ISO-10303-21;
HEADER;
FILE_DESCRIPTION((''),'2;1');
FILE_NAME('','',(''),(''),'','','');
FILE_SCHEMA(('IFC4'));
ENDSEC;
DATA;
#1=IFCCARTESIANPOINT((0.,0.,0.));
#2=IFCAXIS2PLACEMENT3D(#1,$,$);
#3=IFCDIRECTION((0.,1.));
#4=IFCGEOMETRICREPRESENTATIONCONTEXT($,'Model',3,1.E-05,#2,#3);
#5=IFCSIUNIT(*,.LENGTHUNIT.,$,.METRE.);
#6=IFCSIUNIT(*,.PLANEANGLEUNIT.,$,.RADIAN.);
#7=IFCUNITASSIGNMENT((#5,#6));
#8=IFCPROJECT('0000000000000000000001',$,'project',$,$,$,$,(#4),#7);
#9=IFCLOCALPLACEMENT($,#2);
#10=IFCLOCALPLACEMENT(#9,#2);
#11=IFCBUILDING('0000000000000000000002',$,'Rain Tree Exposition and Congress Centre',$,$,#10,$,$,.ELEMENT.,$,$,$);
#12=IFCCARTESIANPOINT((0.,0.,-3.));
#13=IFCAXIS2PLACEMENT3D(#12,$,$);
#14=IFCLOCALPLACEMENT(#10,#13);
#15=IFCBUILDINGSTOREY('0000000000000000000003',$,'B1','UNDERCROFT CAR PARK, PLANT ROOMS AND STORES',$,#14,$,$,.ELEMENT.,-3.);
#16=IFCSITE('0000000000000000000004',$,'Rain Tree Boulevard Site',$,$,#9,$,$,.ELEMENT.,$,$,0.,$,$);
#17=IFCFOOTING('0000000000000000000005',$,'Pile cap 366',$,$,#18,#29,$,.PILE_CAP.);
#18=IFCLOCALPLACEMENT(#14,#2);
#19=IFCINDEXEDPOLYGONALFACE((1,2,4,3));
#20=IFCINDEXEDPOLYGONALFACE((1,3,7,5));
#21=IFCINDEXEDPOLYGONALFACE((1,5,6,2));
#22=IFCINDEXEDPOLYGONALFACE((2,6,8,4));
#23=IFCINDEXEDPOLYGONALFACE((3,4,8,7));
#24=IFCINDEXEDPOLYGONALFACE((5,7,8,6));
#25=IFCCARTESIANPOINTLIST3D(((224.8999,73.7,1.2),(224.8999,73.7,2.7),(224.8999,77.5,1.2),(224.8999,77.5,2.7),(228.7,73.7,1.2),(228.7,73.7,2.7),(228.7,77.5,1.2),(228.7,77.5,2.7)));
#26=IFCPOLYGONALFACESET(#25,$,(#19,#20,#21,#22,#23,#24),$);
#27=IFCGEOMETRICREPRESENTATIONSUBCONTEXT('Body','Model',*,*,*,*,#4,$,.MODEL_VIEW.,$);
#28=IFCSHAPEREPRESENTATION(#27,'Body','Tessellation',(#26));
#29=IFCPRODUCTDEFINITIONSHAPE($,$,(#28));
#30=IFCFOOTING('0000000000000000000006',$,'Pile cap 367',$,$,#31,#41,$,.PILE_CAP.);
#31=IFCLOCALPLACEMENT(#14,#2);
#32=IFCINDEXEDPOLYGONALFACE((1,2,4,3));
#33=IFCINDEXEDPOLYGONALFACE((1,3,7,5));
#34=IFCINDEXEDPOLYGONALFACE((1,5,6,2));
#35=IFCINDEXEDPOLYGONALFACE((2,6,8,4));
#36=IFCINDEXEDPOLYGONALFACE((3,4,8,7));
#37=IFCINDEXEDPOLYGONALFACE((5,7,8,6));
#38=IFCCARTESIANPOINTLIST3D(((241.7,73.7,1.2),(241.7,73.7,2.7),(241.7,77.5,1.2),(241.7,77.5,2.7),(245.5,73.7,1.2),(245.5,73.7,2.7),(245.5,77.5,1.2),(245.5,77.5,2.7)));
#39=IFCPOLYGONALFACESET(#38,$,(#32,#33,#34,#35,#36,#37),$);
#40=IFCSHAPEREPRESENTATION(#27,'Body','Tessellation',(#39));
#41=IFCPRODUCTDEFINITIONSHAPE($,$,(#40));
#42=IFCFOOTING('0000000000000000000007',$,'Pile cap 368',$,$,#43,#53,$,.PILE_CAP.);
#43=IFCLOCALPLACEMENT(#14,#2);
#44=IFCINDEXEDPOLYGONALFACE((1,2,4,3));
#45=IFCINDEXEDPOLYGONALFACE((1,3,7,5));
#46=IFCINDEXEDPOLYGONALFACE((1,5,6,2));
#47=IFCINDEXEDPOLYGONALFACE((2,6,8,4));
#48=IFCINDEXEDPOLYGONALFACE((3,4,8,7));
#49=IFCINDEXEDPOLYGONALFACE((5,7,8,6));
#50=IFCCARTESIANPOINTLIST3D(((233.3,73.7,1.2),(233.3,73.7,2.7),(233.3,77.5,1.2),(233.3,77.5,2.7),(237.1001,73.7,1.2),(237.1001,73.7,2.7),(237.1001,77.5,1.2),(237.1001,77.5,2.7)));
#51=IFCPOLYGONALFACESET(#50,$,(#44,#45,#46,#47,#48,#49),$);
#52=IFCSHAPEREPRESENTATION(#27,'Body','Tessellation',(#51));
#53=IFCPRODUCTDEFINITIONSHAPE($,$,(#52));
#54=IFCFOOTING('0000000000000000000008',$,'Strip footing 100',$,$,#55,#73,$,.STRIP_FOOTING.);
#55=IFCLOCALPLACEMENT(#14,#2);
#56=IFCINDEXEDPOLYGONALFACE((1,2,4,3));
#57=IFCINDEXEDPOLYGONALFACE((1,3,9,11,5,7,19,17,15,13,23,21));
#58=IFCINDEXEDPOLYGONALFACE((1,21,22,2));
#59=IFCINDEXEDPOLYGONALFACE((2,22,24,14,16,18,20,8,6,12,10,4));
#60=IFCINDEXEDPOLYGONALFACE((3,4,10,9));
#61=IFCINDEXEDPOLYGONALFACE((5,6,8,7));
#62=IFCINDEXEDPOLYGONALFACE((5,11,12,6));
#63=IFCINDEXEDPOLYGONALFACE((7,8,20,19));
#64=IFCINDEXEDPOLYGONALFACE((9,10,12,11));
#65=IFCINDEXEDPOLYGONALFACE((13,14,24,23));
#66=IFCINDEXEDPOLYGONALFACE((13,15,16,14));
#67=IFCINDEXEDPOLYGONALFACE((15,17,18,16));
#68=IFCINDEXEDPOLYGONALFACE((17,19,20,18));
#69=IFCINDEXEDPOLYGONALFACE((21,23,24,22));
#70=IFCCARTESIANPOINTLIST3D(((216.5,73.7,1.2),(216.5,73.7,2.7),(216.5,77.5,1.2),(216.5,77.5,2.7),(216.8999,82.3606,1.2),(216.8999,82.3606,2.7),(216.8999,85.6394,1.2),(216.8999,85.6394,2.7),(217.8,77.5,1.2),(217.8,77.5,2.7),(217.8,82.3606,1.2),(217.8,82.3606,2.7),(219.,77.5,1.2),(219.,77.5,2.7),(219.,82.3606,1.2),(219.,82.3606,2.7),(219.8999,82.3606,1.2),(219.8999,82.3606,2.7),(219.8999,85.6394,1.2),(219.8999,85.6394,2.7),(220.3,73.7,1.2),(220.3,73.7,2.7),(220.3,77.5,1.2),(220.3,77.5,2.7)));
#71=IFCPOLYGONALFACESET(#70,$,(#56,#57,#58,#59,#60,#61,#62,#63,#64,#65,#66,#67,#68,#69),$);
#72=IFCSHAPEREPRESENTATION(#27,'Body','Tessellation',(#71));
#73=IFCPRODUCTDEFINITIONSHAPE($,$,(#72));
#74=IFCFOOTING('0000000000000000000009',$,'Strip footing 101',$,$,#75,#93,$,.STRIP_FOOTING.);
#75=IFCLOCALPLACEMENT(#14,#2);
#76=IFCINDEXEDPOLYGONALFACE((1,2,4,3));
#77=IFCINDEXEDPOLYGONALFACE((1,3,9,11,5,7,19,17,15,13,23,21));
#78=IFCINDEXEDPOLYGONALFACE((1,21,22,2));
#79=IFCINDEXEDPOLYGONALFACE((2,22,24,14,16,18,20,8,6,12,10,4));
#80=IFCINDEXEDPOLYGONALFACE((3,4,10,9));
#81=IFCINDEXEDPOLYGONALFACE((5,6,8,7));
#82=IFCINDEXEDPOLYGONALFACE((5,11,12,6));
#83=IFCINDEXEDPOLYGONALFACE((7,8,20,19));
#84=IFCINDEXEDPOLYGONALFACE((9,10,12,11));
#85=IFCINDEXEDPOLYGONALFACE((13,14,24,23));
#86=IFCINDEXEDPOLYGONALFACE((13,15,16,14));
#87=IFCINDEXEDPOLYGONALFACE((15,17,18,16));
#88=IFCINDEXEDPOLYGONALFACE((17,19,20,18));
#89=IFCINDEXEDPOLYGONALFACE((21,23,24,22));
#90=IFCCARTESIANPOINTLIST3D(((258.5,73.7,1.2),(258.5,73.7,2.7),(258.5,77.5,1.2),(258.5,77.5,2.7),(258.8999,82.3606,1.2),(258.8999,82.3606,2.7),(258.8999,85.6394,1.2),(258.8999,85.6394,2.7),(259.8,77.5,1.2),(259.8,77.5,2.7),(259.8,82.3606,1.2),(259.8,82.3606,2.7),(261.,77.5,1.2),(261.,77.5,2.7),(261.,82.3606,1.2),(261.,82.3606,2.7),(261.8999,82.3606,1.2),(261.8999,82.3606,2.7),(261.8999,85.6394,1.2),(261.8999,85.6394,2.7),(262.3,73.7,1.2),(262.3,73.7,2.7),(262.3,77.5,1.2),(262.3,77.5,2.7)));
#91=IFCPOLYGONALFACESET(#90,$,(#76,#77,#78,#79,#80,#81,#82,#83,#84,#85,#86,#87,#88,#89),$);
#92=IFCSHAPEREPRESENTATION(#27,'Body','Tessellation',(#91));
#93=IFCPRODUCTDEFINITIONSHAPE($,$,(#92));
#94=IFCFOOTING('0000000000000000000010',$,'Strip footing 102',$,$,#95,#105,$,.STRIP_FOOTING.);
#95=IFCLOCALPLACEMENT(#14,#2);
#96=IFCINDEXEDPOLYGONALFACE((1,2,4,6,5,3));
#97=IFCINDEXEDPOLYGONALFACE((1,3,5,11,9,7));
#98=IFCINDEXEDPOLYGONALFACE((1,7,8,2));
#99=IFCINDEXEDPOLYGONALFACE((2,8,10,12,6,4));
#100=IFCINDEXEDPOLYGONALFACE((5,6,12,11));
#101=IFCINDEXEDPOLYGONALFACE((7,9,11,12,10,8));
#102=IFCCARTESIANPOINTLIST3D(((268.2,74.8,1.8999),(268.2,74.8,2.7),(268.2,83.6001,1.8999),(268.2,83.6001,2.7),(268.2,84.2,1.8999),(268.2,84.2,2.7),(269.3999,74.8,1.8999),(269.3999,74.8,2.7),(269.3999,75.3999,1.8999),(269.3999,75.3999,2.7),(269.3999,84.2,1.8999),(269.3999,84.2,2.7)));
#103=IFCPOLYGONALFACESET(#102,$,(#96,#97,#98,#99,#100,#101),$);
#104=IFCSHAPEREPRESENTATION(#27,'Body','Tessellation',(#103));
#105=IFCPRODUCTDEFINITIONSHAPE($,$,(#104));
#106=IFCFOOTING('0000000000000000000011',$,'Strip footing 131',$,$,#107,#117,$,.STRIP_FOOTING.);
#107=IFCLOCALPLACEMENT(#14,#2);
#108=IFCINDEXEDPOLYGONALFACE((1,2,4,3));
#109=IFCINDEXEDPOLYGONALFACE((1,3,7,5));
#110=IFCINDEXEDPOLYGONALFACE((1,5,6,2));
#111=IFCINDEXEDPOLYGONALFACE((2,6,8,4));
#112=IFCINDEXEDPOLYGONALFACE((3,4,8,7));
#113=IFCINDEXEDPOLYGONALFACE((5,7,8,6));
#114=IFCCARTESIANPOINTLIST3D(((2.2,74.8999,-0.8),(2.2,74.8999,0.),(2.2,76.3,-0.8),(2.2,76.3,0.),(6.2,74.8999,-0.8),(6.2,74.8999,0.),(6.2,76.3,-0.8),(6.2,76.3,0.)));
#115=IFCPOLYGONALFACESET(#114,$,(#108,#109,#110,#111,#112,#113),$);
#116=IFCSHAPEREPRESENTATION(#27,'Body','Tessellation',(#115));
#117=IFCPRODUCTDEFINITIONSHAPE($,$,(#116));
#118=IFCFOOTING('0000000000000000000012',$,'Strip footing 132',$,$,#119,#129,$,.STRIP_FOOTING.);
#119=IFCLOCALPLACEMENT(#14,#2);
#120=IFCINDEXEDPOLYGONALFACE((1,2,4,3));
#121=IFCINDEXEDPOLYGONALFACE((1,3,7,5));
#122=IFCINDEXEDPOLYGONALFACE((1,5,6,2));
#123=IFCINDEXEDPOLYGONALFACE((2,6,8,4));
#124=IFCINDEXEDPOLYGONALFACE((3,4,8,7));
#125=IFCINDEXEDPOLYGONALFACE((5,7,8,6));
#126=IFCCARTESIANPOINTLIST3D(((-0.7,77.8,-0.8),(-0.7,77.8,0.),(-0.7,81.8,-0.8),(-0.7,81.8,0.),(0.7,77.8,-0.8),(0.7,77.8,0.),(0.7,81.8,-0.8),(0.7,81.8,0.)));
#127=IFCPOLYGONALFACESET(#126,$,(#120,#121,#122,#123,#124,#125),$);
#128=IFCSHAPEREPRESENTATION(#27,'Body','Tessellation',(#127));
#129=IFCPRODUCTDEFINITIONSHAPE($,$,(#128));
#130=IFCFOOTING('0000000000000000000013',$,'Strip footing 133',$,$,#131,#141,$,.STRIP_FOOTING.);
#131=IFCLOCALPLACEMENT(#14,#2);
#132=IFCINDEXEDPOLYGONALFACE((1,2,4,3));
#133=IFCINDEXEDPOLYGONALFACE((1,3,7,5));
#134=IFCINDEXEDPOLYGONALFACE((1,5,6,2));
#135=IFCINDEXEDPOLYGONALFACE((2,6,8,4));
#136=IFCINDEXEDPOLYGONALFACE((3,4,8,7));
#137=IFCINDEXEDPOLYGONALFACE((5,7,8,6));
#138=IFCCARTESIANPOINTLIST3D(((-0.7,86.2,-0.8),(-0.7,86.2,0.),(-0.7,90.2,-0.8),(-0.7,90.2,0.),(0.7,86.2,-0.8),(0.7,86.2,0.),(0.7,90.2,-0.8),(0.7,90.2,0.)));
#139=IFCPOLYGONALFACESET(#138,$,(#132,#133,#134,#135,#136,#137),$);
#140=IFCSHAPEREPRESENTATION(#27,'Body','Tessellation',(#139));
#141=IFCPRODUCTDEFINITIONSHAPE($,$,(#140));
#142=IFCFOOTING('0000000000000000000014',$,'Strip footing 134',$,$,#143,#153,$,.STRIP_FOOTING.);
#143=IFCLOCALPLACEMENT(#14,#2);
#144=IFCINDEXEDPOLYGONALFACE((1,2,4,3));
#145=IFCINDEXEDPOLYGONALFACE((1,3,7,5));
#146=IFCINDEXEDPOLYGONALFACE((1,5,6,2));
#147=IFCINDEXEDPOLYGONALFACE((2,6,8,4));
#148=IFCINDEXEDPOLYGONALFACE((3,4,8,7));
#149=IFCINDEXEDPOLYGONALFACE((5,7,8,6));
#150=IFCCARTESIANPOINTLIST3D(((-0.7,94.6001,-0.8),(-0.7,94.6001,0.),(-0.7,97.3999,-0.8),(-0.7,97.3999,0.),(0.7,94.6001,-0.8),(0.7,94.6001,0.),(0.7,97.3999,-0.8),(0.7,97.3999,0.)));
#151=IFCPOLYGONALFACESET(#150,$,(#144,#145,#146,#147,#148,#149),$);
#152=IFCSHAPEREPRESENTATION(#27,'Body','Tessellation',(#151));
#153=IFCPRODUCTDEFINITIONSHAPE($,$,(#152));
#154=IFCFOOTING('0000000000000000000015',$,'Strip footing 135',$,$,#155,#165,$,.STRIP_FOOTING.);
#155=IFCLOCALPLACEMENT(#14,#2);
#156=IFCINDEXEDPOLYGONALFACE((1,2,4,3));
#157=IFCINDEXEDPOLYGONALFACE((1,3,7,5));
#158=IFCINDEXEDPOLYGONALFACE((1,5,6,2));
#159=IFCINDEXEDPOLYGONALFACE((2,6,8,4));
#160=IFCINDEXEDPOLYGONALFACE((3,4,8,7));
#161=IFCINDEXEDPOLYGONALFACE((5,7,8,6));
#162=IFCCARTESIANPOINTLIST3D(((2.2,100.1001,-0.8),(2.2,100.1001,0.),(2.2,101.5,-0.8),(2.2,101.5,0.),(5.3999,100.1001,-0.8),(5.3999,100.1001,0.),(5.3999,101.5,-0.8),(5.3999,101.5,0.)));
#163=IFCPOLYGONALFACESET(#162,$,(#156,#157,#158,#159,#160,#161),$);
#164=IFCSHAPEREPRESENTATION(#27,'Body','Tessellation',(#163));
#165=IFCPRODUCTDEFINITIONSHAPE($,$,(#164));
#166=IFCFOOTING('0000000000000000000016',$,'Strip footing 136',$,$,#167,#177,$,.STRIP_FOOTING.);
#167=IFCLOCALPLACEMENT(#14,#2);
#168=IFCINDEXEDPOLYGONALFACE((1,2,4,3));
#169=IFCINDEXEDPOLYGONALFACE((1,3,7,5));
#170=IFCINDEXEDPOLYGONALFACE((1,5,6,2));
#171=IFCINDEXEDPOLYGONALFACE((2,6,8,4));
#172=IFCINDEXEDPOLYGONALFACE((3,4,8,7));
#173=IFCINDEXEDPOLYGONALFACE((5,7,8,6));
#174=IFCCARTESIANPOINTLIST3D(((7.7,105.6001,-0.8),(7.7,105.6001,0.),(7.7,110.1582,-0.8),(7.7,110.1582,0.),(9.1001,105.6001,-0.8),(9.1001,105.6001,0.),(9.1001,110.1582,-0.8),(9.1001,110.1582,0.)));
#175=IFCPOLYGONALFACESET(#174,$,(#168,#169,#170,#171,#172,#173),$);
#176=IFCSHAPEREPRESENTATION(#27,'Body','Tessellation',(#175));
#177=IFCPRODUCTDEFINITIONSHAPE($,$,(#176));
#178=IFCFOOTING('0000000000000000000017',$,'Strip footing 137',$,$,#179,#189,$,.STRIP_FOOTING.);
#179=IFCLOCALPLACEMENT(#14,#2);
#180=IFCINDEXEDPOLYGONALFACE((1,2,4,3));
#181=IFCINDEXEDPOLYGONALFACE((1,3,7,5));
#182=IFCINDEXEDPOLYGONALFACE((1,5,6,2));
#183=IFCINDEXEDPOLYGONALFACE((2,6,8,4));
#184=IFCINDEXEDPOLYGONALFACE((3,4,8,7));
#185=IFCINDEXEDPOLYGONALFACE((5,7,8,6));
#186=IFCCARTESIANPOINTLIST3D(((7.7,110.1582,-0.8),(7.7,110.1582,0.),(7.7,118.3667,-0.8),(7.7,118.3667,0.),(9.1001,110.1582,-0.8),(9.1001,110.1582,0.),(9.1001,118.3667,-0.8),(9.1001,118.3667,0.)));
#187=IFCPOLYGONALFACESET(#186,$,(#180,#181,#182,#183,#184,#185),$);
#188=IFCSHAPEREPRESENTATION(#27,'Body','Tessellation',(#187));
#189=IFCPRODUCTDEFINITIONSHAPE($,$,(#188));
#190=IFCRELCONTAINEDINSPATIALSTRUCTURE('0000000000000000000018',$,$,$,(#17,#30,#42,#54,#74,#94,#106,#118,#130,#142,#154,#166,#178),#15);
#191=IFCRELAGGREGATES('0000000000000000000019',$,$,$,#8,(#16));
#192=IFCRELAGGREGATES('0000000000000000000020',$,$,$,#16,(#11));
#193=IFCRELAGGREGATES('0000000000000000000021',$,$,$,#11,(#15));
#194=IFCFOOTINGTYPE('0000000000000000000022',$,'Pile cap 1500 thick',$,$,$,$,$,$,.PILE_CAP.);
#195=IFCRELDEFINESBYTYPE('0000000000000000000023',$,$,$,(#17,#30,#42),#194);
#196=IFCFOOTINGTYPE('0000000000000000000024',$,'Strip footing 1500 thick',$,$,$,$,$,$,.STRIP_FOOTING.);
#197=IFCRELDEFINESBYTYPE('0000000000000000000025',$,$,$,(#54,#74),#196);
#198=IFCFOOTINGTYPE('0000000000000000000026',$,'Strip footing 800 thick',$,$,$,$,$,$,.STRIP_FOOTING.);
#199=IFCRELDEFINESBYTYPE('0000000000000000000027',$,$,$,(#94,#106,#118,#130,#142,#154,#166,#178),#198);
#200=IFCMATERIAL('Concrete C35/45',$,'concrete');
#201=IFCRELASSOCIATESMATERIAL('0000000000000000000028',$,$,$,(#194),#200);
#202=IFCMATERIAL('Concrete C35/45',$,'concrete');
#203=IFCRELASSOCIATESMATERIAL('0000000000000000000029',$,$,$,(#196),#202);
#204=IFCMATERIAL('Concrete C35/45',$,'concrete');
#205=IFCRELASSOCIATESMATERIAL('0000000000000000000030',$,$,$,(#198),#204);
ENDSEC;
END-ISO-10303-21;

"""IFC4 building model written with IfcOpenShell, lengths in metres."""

from ifc_helpers import new_model, si_unit, direction, frame, origin, place, context, subcontext, project, spatial, polyline, outline, extrude, material, type_object, element, save


model = new_model("IFC4")

# Units and contexts
model_context = context("Model", 3, precision=1e-05, world=origin(), true_north=direction((0.0, 1.0)))
body_context = subcontext(model_context, "Body", "Model", "MODEL_VIEW")
ifc_project = project(units=[si_unit("LENGTHUNIT", "METRE"), si_unit("PLANEANGLEUNIT", "RADIAN")], contexts=[model_context])

# Site, building, storey
site_placement = place(None, origin())
site = spatial("IfcSite", under=ifc_project, at=site_placement, Name="Rain Tree Boulevard Site", CompositionType="ELEMENT", RefElevation=0.0)
building_placement = place(site_placement, origin())
building = spatial("IfcBuilding", under=site, at=building_placement, Name="Rain Tree Exposition and Congress Centre", CompositionType="ELEMENT")
storey_placement = place(building_placement, frame((0.0, 0.0, -3.0)))
storey = spatial("IfcBuildingStorey", under=building, at=storey_placement, Name="B1", Description="UNDERCROFT CAR PARK, PLANT ROOMS AND STORES", CompositionType="ELEMENT", Elevation=-3.0)

# Footings
ifc_material_1 = material(Name="Concrete C35/45", Category="concrete")
footing_type_1 = type_object("IfcFootingType", Name="Pile cap 1500 thick", PredefinedType="PILE_CAP", material=ifc_material_1)
footing_1_placement = place(storey_placement, frame((0.0, 0.0, 1.2)))
element("IfcFooting", 1, at=footing_1_placement, inside=storey, type_object=footing_type_1, Name="Pile cap 366", PredefinedType="PILE_CAP", context=body_context, shape_type="SweptSolid", body=[
    extrude(outline(polyline([(228.7, 73.7), (228.7, 77.5), (224.8999, 77.5), (224.8999, 73.7), (228.7, 73.7)])), origin(), (0.0, 0.0, 1.0), 1.5),
])
footing_2_placement = place(storey_placement, frame((0.0, 0.0, 1.2)))
element("IfcFooting", 2, at=footing_2_placement, inside=storey, type_object=footing_type_1, Name="Pile cap 367", PredefinedType="PILE_CAP", context=body_context, shape_type="SweptSolid", body=[
    extrude(outline(polyline([(245.5, 73.7), (245.5, 77.5), (241.7, 77.5), (241.7, 73.7), (245.5, 73.7)])), origin(), (0.0, 0.0, 1.0), 1.5),
])
footing_3_placement = place(storey_placement, frame((0.0, 0.0, 1.2)))
element("IfcFooting", 3, at=footing_3_placement, inside=storey, type_object=footing_type_1, Name="Pile cap 368", PredefinedType="PILE_CAP", context=body_context, shape_type="SweptSolid", body=[
    extrude(outline(polyline([(237.1001, 73.7), (237.1001, 77.5), (233.3, 77.5), (233.3, 73.7), (237.1001, 73.7)])), origin(), (0.0, 0.0, 1.0), 1.5),
])
ifc_material_2 = material(Name="Concrete C35/45", Category="concrete")
footing_type_2 = type_object("IfcFootingType", Name="Strip footing 1500 thick", PredefinedType="STRIP_FOOTING", material=ifc_material_2)
footing_4_placement = place(storey_placement, frame((0.0, 0.0, 1.2)))
element("IfcFooting", 4, at=footing_4_placement, inside=storey, type_object=footing_type_2, Name="Strip footing 100", PredefinedType="STRIP_FOOTING", context=body_context, shape_type="SweptSolid", body=[
    extrude(outline(polyline([(220.3, 77.5), (219.0, 77.5), (219.0, 82.3606), (219.8999, 82.3606), (219.8999, 85.6394), (216.8999, 85.6394), (216.8999, 82.3606), (217.8, 82.3606), (217.8, 77.5), (216.5, 77.5), (216.5, 73.7), (220.3, 73.7), (220.3, 77.5)])), origin(), (0.0, 0.0, 1.0), 1.5),
])
footing_5_placement = place(storey_placement, frame((0.0, 0.0, 1.2)))
element("IfcFooting", 5, at=footing_5_placement, inside=storey, type_object=footing_type_2, Name="Strip footing 101", PredefinedType="STRIP_FOOTING", context=body_context, shape_type="SweptSolid", body=[
    extrude(outline(polyline([(262.3, 77.5), (261.0, 77.5), (261.0, 82.3606), (261.8999, 82.3606), (261.8999, 85.6394), (258.8999, 85.6394), (258.8999, 82.3606), (259.8, 82.3606), (259.8, 77.5), (258.5, 77.5), (258.5, 73.7), (262.3, 73.7), (262.3, 77.5)])), origin(), (0.0, 0.0, 1.0), 1.5),
])
ifc_material_3 = material(Name="Concrete C35/45", Category="concrete")
footing_type_3 = type_object("IfcFootingType", Name="Strip footing 800 thick", PredefinedType="STRIP_FOOTING", material=ifc_material_3)
footing_6_placement = place(storey_placement, frame((0.0, 0.0, 1.8999)))
element("IfcFooting", 6, at=footing_6_placement, inside=storey, type_object=footing_type_3, Name="Strip footing 102", PredefinedType="STRIP_FOOTING", context=body_context, shape_type="SweptSolid", body=[
    extrude(outline(polyline([(268.2, 83.6001), (268.2, 74.8), (269.3999, 74.8), (269.3999, 75.3999), (269.3999, 84.2), (268.2, 84.2), (268.2, 83.6001)])), origin(), (0.0, 0.0, 1.0), 0.8),
])
footing_7_placement = place(storey_placement, frame((0.0, 0.0, -0.8)))
element("IfcFooting", 7, at=footing_7_placement, inside=storey, type_object=footing_type_3, Name="Strip footing 131", PredefinedType="STRIP_FOOTING", context=body_context, shape_type="SweptSolid", body=[
    extrude(outline(polyline([(6.2, 74.8999), (6.2, 76.3), (2.2, 76.3), (2.2, 74.8999), (6.2, 74.8999)])), origin(), (0.0, 0.0, 1.0), 0.8),
])
footing_8_placement = place(storey_placement, frame((0.0, 0.0, -0.8)))
element("IfcFooting", 8, at=footing_8_placement, inside=storey, type_object=footing_type_3, Name="Strip footing 132", PredefinedType="STRIP_FOOTING", context=body_context, shape_type="SweptSolid", body=[
    extrude(outline(polyline([(-0.7, 77.8), (0.7, 77.8), (0.7, 81.8), (-0.7, 81.8), (-0.7, 77.8)])), origin(), (0.0, 0.0, 1.0), 0.8),
])
footing_9_placement = place(storey_placement, frame((0.0, 0.0, -0.8)))
element("IfcFooting", 9, at=footing_9_placement, inside=storey, type_object=footing_type_3, Name="Strip footing 133", PredefinedType="STRIP_FOOTING", context=body_context, shape_type="SweptSolid", body=[
    extrude(outline(polyline([(-0.7, 86.2), (0.7, 86.2), (0.7, 90.2), (-0.7, 90.2), (-0.7, 86.2)])), origin(), (0.0, 0.0, 1.0), 0.8),
])
footing_10_placement = place(storey_placement, frame((0.0, 0.0, -0.8)))
element("IfcFooting", 10, at=footing_10_placement, inside=storey, type_object=footing_type_3, Name="Strip footing 134", PredefinedType="STRIP_FOOTING", context=body_context, shape_type="SweptSolid", body=[
    extrude(outline(polyline([(-0.7, 94.6001), (0.7, 94.6001), (0.7, 97.3999), (-0.7, 97.3999), (-0.7, 94.6001)])), origin(), (0.0, 0.0, 1.0), 0.8),
])
footing_11_placement = place(storey_placement, frame((0.0, 0.0, -0.8)))
element("IfcFooting", 11, at=footing_11_placement, inside=storey, type_object=footing_type_3, Name="Strip footing 135", PredefinedType="STRIP_FOOTING", context=body_context, shape_type="SweptSolid", body=[
    extrude(outline(polyline([(2.2, 101.5), (2.2, 100.1001), (5.3999, 100.1001), (5.3999, 101.5), (2.2, 101.5)])), origin(), (0.0, 0.0, 1.0), 0.8),
])
footing_12_placement = place(storey_placement, frame((0.0, 0.0, -0.8)))
element("IfcFooting", 12, at=footing_12_placement, inside=storey, type_object=footing_type_3, Name="Strip footing 136", PredefinedType="STRIP_FOOTING", context=body_context, shape_type="SweptSolid", body=[
    extrude(outline(polyline([(9.1001, 105.6001), (9.1001, 110.1582), (7.7, 110.1582), (7.7, 105.6001), (9.1001, 105.6001)])), origin(), (0.0, 0.0, 1.0), 0.8),
])
footing_13_placement = place(storey_placement, frame((0.0, 0.0, -0.8)))
element("IfcFooting", 13, at=footing_13_placement, inside=storey, type_object=footing_type_3, Name="Strip footing 137", PredefinedType="STRIP_FOOTING", context=body_context, shape_type="SweptSolid", body=[
    extrude(outline(polyline([(9.1001, 110.1582), (9.1001, 118.3667), (7.7, 118.3667), (7.7, 110.1582), (9.1001, 110.1582)])), origin(), (0.0, 0.0, 1.0), 0.8),
])

save(model, "model.ifc")
